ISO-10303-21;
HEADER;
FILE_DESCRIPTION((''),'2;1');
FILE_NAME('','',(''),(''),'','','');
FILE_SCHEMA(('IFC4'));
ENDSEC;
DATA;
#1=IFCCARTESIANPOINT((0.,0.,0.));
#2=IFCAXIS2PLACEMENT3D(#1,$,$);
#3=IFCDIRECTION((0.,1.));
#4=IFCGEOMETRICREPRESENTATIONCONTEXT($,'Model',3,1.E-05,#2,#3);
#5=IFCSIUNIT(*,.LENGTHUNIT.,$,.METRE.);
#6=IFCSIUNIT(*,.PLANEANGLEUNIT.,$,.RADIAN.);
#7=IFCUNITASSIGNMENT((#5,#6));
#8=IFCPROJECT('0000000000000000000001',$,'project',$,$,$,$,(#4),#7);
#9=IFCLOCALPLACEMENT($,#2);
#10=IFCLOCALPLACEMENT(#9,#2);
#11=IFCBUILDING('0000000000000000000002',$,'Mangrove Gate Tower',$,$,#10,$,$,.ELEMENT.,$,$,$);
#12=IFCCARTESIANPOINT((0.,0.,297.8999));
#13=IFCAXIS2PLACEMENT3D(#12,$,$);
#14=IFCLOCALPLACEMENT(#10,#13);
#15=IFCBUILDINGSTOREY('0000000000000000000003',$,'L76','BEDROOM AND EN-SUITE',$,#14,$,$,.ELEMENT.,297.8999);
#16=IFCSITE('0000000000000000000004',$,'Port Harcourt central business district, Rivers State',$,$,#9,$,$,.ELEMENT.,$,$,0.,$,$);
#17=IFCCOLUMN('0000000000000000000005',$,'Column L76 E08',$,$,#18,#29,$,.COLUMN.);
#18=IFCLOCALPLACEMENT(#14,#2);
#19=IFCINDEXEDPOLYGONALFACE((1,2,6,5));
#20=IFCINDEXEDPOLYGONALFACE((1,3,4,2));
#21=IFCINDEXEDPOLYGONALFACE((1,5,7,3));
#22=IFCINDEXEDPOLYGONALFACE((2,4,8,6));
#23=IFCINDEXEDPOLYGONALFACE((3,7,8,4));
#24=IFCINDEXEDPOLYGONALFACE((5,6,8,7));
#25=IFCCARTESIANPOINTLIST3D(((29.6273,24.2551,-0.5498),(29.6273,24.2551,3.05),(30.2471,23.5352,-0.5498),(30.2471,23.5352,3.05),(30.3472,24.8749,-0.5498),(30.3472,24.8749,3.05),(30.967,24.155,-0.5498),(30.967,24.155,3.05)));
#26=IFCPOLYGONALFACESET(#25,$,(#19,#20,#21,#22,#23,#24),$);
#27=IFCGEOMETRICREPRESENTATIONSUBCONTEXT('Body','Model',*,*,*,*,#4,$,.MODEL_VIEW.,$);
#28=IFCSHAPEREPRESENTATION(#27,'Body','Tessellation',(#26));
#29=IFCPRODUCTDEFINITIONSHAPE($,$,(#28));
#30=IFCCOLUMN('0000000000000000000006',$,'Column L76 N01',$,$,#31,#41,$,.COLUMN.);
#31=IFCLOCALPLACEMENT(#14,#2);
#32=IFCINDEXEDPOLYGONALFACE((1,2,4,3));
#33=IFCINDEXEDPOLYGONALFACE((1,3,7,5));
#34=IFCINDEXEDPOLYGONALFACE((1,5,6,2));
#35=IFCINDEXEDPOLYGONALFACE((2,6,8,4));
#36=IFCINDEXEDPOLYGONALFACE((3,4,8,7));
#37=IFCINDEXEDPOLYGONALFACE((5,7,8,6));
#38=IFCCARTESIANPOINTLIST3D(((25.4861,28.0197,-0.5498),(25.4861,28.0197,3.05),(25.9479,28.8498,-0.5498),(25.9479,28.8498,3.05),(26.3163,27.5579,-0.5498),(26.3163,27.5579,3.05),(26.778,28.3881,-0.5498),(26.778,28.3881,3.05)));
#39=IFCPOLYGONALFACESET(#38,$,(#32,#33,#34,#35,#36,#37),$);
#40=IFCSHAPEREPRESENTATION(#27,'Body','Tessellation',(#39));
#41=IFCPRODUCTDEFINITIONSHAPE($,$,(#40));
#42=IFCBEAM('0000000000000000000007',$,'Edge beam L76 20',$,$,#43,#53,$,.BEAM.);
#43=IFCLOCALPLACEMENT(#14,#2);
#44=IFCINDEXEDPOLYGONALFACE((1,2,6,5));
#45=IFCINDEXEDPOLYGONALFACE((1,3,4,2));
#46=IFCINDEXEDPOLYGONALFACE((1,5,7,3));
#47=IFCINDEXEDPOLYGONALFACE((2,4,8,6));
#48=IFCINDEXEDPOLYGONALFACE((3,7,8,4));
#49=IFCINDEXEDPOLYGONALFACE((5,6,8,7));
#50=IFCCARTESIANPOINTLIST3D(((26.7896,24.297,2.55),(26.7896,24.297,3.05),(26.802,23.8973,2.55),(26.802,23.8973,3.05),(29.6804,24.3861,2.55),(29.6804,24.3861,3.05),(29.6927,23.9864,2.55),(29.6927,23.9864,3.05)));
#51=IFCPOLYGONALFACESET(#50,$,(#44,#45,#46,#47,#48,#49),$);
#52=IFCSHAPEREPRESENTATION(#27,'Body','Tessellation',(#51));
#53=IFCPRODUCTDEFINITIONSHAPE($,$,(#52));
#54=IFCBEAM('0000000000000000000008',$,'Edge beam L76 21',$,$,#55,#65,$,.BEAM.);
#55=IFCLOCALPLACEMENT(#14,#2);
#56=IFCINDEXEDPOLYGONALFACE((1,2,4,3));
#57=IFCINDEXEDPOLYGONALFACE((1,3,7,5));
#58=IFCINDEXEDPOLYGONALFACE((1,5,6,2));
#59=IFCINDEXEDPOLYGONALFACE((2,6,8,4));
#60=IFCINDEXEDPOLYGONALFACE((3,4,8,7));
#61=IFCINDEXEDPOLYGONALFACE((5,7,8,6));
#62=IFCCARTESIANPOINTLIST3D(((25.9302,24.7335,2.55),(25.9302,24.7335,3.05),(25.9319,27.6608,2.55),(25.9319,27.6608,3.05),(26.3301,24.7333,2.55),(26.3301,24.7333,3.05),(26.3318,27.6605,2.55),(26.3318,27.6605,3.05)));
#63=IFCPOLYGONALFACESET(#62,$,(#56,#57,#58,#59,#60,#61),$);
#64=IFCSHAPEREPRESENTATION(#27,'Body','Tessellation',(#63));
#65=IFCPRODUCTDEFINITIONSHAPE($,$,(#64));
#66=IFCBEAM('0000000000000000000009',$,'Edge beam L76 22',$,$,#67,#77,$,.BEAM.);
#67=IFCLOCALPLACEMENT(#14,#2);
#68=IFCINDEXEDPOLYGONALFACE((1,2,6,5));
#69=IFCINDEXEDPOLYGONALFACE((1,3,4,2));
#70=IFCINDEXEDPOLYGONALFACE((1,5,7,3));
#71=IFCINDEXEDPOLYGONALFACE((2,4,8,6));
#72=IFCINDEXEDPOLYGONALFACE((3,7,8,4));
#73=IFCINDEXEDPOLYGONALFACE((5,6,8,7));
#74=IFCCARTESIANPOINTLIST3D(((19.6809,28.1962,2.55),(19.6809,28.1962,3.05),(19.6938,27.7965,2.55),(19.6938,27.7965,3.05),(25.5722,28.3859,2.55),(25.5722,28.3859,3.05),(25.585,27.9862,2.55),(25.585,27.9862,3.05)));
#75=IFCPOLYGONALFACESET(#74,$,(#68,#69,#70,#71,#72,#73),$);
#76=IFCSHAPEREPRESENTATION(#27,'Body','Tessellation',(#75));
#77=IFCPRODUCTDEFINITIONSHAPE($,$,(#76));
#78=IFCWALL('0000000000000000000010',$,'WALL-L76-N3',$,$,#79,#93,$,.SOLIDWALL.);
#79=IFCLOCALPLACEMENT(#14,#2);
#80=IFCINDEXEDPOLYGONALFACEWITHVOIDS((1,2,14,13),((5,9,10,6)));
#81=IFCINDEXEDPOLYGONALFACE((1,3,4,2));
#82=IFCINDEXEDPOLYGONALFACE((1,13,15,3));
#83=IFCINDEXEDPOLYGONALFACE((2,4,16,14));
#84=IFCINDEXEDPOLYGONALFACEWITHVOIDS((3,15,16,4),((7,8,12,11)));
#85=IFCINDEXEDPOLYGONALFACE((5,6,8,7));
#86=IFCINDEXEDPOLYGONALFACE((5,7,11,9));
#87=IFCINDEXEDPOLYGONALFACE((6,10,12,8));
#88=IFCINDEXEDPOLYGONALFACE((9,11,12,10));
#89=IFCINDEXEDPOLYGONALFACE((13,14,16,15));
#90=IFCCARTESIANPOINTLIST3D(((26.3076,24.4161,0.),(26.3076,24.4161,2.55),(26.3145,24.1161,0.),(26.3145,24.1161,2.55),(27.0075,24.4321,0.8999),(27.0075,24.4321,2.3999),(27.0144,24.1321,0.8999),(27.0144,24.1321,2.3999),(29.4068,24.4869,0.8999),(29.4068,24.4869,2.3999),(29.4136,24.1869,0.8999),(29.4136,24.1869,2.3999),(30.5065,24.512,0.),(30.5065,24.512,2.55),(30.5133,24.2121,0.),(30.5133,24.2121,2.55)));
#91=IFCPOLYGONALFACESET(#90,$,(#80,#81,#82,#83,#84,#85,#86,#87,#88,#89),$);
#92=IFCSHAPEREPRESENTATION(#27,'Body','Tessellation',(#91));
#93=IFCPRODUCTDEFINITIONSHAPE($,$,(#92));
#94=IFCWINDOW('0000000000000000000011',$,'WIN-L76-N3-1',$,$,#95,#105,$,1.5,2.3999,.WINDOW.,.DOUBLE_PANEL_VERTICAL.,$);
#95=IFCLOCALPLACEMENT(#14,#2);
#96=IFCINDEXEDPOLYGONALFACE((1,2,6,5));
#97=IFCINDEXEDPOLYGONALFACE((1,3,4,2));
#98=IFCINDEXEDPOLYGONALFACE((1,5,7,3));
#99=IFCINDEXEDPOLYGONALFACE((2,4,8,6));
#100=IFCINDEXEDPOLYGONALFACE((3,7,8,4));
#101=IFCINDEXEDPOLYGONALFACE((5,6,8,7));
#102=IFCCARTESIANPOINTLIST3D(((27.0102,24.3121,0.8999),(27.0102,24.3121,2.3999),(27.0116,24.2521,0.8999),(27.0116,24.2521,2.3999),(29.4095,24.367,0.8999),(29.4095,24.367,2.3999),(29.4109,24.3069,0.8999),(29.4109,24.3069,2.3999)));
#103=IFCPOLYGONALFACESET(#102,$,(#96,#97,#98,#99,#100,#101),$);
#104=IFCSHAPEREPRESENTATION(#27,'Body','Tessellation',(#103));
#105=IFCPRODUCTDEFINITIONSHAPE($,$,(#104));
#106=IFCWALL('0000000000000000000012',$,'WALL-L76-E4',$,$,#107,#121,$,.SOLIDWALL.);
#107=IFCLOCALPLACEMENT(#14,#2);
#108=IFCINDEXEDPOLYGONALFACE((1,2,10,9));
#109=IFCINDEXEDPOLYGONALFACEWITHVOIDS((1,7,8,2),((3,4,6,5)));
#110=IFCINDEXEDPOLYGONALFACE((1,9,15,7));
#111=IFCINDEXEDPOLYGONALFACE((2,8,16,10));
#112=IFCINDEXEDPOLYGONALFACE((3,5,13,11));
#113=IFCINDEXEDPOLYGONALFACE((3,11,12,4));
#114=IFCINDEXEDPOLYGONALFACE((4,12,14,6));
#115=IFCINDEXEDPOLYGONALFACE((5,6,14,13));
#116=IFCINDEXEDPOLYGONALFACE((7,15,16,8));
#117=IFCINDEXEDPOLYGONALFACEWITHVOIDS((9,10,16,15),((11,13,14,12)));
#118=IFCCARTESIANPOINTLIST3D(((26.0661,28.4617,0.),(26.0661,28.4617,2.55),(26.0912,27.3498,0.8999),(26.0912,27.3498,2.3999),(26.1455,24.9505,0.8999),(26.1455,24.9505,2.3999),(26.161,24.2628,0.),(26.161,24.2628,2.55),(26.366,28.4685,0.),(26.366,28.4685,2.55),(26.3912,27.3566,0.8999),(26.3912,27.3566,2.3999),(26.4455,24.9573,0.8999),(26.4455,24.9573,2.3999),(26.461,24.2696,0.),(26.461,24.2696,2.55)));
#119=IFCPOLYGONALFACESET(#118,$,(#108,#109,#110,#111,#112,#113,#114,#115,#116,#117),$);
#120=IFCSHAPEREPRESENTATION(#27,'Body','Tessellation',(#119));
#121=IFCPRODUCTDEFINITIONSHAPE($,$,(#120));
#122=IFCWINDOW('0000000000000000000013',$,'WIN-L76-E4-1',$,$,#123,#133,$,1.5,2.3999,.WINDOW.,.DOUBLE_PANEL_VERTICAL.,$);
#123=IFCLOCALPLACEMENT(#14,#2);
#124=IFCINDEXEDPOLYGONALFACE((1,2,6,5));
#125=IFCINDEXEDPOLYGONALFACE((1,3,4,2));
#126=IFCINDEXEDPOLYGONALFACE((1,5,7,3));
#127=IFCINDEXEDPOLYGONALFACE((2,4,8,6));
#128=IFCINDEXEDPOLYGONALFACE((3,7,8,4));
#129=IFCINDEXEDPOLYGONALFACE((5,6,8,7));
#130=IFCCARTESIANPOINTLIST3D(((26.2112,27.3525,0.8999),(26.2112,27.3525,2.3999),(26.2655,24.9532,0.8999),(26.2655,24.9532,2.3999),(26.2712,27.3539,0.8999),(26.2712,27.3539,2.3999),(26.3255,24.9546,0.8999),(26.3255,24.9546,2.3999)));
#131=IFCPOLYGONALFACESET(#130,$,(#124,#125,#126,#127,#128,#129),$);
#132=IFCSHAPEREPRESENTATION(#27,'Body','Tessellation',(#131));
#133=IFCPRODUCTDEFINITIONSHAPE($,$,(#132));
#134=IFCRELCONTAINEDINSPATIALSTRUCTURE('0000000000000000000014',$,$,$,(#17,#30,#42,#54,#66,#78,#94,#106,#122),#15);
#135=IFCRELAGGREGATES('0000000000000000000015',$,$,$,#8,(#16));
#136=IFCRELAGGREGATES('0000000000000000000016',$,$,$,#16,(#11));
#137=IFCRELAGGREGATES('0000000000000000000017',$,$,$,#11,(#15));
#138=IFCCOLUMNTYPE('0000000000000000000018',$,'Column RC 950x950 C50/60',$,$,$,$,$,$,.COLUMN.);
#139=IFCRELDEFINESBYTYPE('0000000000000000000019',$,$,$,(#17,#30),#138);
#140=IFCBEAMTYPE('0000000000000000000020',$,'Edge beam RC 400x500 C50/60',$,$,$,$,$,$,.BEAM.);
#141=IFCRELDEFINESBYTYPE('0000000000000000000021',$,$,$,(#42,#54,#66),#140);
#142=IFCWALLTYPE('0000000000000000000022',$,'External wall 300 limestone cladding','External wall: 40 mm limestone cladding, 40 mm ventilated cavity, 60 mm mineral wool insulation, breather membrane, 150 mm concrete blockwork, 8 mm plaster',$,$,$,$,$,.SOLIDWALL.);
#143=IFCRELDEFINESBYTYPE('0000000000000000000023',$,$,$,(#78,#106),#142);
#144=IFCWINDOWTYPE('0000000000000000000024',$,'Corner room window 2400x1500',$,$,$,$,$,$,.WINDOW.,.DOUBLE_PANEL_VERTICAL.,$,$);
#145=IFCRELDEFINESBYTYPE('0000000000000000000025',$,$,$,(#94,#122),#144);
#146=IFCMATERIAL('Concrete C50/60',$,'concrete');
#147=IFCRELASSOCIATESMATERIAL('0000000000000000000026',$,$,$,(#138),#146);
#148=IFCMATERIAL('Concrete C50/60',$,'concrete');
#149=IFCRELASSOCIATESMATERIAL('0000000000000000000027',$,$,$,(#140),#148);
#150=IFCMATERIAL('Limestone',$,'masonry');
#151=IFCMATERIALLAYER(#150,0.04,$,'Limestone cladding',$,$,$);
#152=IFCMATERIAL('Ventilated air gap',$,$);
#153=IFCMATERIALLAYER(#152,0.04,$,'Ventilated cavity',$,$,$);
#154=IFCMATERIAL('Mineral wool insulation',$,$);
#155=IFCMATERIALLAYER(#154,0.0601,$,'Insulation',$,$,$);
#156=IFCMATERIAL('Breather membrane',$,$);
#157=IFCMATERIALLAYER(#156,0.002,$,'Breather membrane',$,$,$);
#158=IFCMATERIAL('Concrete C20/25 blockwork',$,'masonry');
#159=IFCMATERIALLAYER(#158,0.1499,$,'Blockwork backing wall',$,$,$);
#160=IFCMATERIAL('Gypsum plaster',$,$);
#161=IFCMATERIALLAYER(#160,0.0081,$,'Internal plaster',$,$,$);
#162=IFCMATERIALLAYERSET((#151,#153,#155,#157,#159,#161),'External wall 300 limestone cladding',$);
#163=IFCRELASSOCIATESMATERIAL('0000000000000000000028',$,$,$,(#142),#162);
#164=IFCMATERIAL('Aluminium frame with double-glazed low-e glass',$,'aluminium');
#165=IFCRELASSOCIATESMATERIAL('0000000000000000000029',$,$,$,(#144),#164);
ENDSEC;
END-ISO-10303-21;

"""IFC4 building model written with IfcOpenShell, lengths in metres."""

from ifc_helpers import new_model, si_unit, direction, frame, frame_2d, origin, origin_2d, place, context, subcontext, project, spatial, rectangle, extrude, material, layer, layer_set, material_profile, profile_set, type_object, element, fill, save


model = new_model("IFC4")

# Units and contexts
model_context = context("Model", 3, precision=1e-05, world=origin(), true_north=direction((0.0, 1.0)))
body_context = subcontext(model_context, "Body", "Model", "MODEL_VIEW")
ifc_project = project(units=[si_unit("LENGTHUNIT", "METRE"), si_unit("PLANEANGLEUNIT", "RADIAN")], contexts=[model_context])

# Site, building, storey
site_placement = place(None, origin())
site = spatial("IfcSite", under=ifc_project, at=site_placement, Name="Port Harcourt central business district, Rivers State", CompositionType="ELEMENT", RefElevation=0.0)
building_placement = place(site_placement, origin())
building = spatial("IfcBuilding", under=site, at=building_placement, Name="Mangrove Gate Tower", CompositionType="ELEMENT")
storey_placement = place(building_placement, frame((0.0, 0.0, 297.8999)))
storey = spatial("IfcBuildingStorey", under=building, at=storey_placement, Name="L76", Description="BEDROOM AND EN-SUITE", CompositionType="ELEMENT", Elevation=297.8999)

# Columns
ifc_material_1 = material(Name="Concrete C50/60", Category="concrete")
ifc_material_profile_1 = material_profile(ifc_material_1, rectangle(XDim=0.95, YDim=0.95, at=origin_2d()))
ifc_profile_set_1 = profile_set([ifc_material_profile_1], Name="Concrete C50/60")
column_type = type_object("IfcColumnType", Name="Column RC 950x950 C50/60", PredefinedType="COLUMN", material=ifc_profile_set_1)
for number, where, z_axis, x_axis, name in (
    (1, (30.2971, 24.2051, -0.5498), (0.0, 0.0, 1.0), (-0.652446, 0.757835, 0.0), "Column L76 E08"),
    (2, (26.1321, 28.2039, -0.5498), (0.0, 0.0, 1.0), (-0.873907, 0.486093, 0.0), "Column L76 N01"),
):
    element("IfcColumn", number, at=place(storey_placement, frame(where, z_axis=z_axis, x_axis=x_axis)), inside=storey, type_object=column_type, Name=name, PredefinedType="COLUMN", context=body_context, shape_type="SweptSolid", body=[
        extrude(rectangle(XDim=0.95, YDim=0.95, at=origin_2d()), origin(), (0.0, 0.0, 1.0), 3.5999),
    ])

# Beams
ifc_material_2 = material(Name="Concrete C50/60", Category="concrete")
ifc_material_profile_2 = material_profile(ifc_material_2, rectangle(XDim=0.3999, YDim=0.5, at=origin_2d()))
ifc_profile_set_2 = profile_set([ifc_material_profile_2], Name="Concrete C50/60")
beam_type = type_object("IfcBeamType", Name="Edge beam RC 400x500 C50/60", PredefinedType="BEAM", material=ifc_profile_set_2)
beam_1_placement = place(storey_placement, frame((29.6865, 24.1863, 2.8), z_axis=(-0.999525, -0.030813, 0.0), x_axis=(0.030813, -0.999525, 0.0)))
element("IfcBeam", 3, at=beam_1_placement, inside=storey, type_object=beam_type, Name="Edge beam L76 20", PredefinedType="BEAM", context=body_context, shape_type="SweptSolid", body=[
    extrude(rectangle(XDim=0.3999, YDim=0.5, at=origin_2d()), origin(), (0.0, 0.0, 1.0), 2.8921),
])
beam_2_placement = place(storey_placement, frame((26.1301, 24.7334, 2.8), z_axis=(0.000584, 1.0, 0.0), x_axis=(-1.0, 0.000584, 0.0)))
element("IfcBeam", 4, at=beam_2_placement, inside=storey, type_object=beam_type, Name="Edge beam L76 21", PredefinedType="BEAM", context=body_context, shape_type="SweptSolid", body=[
    extrude(rectangle(XDim=0.3999, YDim=0.5, at=origin_2d()), origin(), (0.0, 0.0, 1.0), 2.9272),
])
beam_3_placement = place(storey_placement, frame((25.5786, 28.186, 2.8), z_axis=(-0.999482, -0.032184, 0.0), x_axis=(0.032184, -0.999482, 0.0)))
element("IfcBeam", 5, at=beam_3_placement, inside=storey, type_object=beam_type, Name="Edge beam L76 22", PredefinedType="BEAM", context=body_context, shape_type="SweptSolid", body=[
    extrude(rectangle(XDim=0.3999, YDim=0.5, at=origin_2d()), origin(), (0.0, 0.0, 1.0), 5.8943),
])

# Walls, openings, windows
ifc_material_3 = material(Name="Limestone", Category="masonry")
ifc_layer_1 = layer(ifc_material_3, 0.04, Name="Limestone cladding")
ifc_material_4 = material(Name="Ventilated air gap")
ifc_layer_2 = layer(ifc_material_4, 0.04, Name="Ventilated cavity")
ifc_material_5 = material(Name="Mineral wool insulation")
ifc_layer_3 = layer(ifc_material_5, 0.0601, Name="Insulation")
ifc_material_6 = material(Name="Breather membrane")
ifc_layer_4 = layer(ifc_material_6, 0.002, Name="Breather membrane")
ifc_material_7 = material(Name="Concrete C20/25 blockwork", Category="masonry")
ifc_layer_5 = layer(ifc_material_7, 0.1499, Name="Blockwork backing wall")
ifc_material_8 = material(Name="Gypsum plaster")
ifc_layer_6 = layer(ifc_material_8, 0.0081, Name="Internal plaster")
ifc_layer_set = layer_set([ifc_layer_1, ifc_layer_2, ifc_layer_3, ifc_layer_4, ifc_layer_5, ifc_layer_6], Name="External wall 300 limestone cladding")
wall_type = type_object("IfcWallType", Name="External wall 300 limestone cladding", Description="External wall: 40 mm limestone cladding, 40 mm ventilated cavity, 60 mm mineral wool insulation, breather membrane, 150 mm concrete blockwork, 8 mm plaster", PredefinedType="SOLIDWALL", material=ifc_layer_set)
wall_1_placement = place(storey_placement, frame((30.51, 24.3621, 0.0), z_axis=(0.0, 0.0, 1.0), x_axis=(-0.999739, -0.022844, 0.0)))
wall_1 = element("IfcWall", 6, at=wall_1_placement, inside=storey, type_object=wall_type, Name="WALL-L76-N3", PredefinedType="SOLIDWALL", context=body_context, shape_type="SweptSolid", body=[
    extrude(rectangle(XDim=4.2, YDim=0.3, at=frame_2d((2.1001, 0.0))), origin(), (0.0, 0.0, 1.0), 2.55),
])
opening_1_placement = place(wall_1_placement, frame((1.1001, 0.0, 0.8999)))
opening_1 = element("IfcOpeningElement", 7, at=opening_1_placement, cuts=wall_1, PredefinedType="OPENING", context=body_context, shape_type="SweptSolid", body=[
    extrude(rectangle(XDim=2.3999, YDim=1.5, at=frame_2d((1.2, 0.75))), frame((0.0, 0.1599, 0.0), z_axis=(0.0, -1.0, 0.0), x_axis=(1.0, 0.0, 0.0)), (0.0, 0.0, 1.0), 0.3201),
])
ifc_material_9 = material(Name="Aluminium frame with double-glazed low-e glass", Category="aluminium")
window_type_1 = type_object("IfcWindowType", Name="Corner room window 2400x1500", PartitioningType="DOUBLE_PANEL_VERTICAL", PredefinedType="WINDOW", material=ifc_material_9)
window_1_placement = place(opening_1_placement, origin())
window_1 = element("IfcWindow", 8, at=window_1_placement, inside=storey, type_object=window_type_1, Name="WIN-L76-N3-1", OverallHeight=1.5, OverallWidth=2.3999, PartitioningType="DOUBLE_PANEL_VERTICAL", PredefinedType="WINDOW", context=body_context, shape_type="SweptSolid", body=[
    extrude(rectangle(XDim=2.3999, YDim=1.5, at=frame_2d((1.2, 0.75))), frame((0.0, 0.03, 0.0), z_axis=(0.0, -1.0, 0.0), x_axis=(1.0, 0.0, 0.0)), (0.0, 0.0, 1.0), 0.0601),
])
fill(opening_1, window_1)
wall_2_placement = place(storey_placement, frame((26.311, 24.2661, 0.0), z_axis=(0.0, 0.0, 1.0), x_axis=(-0.022612, 0.999744, 0.0)))
wall_2 = element("IfcWall", 9, at=wall_2_placement, inside=storey, type_object=wall_type, Name="WALL-L76-E4", PredefinedType="SOLIDWALL", context=body_context, shape_type="SweptSolid", body=[
    extrude(rectangle(XDim=4.2, YDim=0.3, at=frame_2d((2.1001, 0.0))), origin(), (0.0, 0.0, 1.0), 2.55),
])
opening_2_placement = place(wall_2_placement, frame((0.688, 0.0, 0.8999)))
opening_2 = element("IfcOpeningElement", 10, at=opening_2_placement, cuts=wall_2, PredefinedType="OPENING", context=body_context, shape_type="SweptSolid", body=[
    extrude(rectangle(XDim=2.3999, YDim=1.5, at=frame_2d((1.2, 0.75))), frame((0.0, 0.1599, 0.0), z_axis=(0.0, -1.0, 0.0), x_axis=(1.0, 0.0, 0.0)), (0.0, 0.0, 1.0), 0.3201),
])
window_2_placement = place(opening_2_placement, origin())
window_2 = element("IfcWindow", 11, at=window_2_placement, inside=storey, type_object=window_type_1, Name="WIN-L76-E4-1", OverallHeight=1.5, OverallWidth=2.3999, PartitioningType="DOUBLE_PANEL_VERTICAL", PredefinedType="WINDOW", context=body_context, shape_type="SweptSolid", body=[
    extrude(rectangle(XDim=2.3999, YDim=1.5, at=frame_2d((1.2, 0.75))), frame((0.0, 0.03, 0.0), z_axis=(0.0, -1.0, 0.0), x_axis=(1.0, 0.0, 0.0)), (0.0, 0.0, 1.0), 0.0601),
])
fill(opening_2, window_2)

save(model, "model.ifc")
